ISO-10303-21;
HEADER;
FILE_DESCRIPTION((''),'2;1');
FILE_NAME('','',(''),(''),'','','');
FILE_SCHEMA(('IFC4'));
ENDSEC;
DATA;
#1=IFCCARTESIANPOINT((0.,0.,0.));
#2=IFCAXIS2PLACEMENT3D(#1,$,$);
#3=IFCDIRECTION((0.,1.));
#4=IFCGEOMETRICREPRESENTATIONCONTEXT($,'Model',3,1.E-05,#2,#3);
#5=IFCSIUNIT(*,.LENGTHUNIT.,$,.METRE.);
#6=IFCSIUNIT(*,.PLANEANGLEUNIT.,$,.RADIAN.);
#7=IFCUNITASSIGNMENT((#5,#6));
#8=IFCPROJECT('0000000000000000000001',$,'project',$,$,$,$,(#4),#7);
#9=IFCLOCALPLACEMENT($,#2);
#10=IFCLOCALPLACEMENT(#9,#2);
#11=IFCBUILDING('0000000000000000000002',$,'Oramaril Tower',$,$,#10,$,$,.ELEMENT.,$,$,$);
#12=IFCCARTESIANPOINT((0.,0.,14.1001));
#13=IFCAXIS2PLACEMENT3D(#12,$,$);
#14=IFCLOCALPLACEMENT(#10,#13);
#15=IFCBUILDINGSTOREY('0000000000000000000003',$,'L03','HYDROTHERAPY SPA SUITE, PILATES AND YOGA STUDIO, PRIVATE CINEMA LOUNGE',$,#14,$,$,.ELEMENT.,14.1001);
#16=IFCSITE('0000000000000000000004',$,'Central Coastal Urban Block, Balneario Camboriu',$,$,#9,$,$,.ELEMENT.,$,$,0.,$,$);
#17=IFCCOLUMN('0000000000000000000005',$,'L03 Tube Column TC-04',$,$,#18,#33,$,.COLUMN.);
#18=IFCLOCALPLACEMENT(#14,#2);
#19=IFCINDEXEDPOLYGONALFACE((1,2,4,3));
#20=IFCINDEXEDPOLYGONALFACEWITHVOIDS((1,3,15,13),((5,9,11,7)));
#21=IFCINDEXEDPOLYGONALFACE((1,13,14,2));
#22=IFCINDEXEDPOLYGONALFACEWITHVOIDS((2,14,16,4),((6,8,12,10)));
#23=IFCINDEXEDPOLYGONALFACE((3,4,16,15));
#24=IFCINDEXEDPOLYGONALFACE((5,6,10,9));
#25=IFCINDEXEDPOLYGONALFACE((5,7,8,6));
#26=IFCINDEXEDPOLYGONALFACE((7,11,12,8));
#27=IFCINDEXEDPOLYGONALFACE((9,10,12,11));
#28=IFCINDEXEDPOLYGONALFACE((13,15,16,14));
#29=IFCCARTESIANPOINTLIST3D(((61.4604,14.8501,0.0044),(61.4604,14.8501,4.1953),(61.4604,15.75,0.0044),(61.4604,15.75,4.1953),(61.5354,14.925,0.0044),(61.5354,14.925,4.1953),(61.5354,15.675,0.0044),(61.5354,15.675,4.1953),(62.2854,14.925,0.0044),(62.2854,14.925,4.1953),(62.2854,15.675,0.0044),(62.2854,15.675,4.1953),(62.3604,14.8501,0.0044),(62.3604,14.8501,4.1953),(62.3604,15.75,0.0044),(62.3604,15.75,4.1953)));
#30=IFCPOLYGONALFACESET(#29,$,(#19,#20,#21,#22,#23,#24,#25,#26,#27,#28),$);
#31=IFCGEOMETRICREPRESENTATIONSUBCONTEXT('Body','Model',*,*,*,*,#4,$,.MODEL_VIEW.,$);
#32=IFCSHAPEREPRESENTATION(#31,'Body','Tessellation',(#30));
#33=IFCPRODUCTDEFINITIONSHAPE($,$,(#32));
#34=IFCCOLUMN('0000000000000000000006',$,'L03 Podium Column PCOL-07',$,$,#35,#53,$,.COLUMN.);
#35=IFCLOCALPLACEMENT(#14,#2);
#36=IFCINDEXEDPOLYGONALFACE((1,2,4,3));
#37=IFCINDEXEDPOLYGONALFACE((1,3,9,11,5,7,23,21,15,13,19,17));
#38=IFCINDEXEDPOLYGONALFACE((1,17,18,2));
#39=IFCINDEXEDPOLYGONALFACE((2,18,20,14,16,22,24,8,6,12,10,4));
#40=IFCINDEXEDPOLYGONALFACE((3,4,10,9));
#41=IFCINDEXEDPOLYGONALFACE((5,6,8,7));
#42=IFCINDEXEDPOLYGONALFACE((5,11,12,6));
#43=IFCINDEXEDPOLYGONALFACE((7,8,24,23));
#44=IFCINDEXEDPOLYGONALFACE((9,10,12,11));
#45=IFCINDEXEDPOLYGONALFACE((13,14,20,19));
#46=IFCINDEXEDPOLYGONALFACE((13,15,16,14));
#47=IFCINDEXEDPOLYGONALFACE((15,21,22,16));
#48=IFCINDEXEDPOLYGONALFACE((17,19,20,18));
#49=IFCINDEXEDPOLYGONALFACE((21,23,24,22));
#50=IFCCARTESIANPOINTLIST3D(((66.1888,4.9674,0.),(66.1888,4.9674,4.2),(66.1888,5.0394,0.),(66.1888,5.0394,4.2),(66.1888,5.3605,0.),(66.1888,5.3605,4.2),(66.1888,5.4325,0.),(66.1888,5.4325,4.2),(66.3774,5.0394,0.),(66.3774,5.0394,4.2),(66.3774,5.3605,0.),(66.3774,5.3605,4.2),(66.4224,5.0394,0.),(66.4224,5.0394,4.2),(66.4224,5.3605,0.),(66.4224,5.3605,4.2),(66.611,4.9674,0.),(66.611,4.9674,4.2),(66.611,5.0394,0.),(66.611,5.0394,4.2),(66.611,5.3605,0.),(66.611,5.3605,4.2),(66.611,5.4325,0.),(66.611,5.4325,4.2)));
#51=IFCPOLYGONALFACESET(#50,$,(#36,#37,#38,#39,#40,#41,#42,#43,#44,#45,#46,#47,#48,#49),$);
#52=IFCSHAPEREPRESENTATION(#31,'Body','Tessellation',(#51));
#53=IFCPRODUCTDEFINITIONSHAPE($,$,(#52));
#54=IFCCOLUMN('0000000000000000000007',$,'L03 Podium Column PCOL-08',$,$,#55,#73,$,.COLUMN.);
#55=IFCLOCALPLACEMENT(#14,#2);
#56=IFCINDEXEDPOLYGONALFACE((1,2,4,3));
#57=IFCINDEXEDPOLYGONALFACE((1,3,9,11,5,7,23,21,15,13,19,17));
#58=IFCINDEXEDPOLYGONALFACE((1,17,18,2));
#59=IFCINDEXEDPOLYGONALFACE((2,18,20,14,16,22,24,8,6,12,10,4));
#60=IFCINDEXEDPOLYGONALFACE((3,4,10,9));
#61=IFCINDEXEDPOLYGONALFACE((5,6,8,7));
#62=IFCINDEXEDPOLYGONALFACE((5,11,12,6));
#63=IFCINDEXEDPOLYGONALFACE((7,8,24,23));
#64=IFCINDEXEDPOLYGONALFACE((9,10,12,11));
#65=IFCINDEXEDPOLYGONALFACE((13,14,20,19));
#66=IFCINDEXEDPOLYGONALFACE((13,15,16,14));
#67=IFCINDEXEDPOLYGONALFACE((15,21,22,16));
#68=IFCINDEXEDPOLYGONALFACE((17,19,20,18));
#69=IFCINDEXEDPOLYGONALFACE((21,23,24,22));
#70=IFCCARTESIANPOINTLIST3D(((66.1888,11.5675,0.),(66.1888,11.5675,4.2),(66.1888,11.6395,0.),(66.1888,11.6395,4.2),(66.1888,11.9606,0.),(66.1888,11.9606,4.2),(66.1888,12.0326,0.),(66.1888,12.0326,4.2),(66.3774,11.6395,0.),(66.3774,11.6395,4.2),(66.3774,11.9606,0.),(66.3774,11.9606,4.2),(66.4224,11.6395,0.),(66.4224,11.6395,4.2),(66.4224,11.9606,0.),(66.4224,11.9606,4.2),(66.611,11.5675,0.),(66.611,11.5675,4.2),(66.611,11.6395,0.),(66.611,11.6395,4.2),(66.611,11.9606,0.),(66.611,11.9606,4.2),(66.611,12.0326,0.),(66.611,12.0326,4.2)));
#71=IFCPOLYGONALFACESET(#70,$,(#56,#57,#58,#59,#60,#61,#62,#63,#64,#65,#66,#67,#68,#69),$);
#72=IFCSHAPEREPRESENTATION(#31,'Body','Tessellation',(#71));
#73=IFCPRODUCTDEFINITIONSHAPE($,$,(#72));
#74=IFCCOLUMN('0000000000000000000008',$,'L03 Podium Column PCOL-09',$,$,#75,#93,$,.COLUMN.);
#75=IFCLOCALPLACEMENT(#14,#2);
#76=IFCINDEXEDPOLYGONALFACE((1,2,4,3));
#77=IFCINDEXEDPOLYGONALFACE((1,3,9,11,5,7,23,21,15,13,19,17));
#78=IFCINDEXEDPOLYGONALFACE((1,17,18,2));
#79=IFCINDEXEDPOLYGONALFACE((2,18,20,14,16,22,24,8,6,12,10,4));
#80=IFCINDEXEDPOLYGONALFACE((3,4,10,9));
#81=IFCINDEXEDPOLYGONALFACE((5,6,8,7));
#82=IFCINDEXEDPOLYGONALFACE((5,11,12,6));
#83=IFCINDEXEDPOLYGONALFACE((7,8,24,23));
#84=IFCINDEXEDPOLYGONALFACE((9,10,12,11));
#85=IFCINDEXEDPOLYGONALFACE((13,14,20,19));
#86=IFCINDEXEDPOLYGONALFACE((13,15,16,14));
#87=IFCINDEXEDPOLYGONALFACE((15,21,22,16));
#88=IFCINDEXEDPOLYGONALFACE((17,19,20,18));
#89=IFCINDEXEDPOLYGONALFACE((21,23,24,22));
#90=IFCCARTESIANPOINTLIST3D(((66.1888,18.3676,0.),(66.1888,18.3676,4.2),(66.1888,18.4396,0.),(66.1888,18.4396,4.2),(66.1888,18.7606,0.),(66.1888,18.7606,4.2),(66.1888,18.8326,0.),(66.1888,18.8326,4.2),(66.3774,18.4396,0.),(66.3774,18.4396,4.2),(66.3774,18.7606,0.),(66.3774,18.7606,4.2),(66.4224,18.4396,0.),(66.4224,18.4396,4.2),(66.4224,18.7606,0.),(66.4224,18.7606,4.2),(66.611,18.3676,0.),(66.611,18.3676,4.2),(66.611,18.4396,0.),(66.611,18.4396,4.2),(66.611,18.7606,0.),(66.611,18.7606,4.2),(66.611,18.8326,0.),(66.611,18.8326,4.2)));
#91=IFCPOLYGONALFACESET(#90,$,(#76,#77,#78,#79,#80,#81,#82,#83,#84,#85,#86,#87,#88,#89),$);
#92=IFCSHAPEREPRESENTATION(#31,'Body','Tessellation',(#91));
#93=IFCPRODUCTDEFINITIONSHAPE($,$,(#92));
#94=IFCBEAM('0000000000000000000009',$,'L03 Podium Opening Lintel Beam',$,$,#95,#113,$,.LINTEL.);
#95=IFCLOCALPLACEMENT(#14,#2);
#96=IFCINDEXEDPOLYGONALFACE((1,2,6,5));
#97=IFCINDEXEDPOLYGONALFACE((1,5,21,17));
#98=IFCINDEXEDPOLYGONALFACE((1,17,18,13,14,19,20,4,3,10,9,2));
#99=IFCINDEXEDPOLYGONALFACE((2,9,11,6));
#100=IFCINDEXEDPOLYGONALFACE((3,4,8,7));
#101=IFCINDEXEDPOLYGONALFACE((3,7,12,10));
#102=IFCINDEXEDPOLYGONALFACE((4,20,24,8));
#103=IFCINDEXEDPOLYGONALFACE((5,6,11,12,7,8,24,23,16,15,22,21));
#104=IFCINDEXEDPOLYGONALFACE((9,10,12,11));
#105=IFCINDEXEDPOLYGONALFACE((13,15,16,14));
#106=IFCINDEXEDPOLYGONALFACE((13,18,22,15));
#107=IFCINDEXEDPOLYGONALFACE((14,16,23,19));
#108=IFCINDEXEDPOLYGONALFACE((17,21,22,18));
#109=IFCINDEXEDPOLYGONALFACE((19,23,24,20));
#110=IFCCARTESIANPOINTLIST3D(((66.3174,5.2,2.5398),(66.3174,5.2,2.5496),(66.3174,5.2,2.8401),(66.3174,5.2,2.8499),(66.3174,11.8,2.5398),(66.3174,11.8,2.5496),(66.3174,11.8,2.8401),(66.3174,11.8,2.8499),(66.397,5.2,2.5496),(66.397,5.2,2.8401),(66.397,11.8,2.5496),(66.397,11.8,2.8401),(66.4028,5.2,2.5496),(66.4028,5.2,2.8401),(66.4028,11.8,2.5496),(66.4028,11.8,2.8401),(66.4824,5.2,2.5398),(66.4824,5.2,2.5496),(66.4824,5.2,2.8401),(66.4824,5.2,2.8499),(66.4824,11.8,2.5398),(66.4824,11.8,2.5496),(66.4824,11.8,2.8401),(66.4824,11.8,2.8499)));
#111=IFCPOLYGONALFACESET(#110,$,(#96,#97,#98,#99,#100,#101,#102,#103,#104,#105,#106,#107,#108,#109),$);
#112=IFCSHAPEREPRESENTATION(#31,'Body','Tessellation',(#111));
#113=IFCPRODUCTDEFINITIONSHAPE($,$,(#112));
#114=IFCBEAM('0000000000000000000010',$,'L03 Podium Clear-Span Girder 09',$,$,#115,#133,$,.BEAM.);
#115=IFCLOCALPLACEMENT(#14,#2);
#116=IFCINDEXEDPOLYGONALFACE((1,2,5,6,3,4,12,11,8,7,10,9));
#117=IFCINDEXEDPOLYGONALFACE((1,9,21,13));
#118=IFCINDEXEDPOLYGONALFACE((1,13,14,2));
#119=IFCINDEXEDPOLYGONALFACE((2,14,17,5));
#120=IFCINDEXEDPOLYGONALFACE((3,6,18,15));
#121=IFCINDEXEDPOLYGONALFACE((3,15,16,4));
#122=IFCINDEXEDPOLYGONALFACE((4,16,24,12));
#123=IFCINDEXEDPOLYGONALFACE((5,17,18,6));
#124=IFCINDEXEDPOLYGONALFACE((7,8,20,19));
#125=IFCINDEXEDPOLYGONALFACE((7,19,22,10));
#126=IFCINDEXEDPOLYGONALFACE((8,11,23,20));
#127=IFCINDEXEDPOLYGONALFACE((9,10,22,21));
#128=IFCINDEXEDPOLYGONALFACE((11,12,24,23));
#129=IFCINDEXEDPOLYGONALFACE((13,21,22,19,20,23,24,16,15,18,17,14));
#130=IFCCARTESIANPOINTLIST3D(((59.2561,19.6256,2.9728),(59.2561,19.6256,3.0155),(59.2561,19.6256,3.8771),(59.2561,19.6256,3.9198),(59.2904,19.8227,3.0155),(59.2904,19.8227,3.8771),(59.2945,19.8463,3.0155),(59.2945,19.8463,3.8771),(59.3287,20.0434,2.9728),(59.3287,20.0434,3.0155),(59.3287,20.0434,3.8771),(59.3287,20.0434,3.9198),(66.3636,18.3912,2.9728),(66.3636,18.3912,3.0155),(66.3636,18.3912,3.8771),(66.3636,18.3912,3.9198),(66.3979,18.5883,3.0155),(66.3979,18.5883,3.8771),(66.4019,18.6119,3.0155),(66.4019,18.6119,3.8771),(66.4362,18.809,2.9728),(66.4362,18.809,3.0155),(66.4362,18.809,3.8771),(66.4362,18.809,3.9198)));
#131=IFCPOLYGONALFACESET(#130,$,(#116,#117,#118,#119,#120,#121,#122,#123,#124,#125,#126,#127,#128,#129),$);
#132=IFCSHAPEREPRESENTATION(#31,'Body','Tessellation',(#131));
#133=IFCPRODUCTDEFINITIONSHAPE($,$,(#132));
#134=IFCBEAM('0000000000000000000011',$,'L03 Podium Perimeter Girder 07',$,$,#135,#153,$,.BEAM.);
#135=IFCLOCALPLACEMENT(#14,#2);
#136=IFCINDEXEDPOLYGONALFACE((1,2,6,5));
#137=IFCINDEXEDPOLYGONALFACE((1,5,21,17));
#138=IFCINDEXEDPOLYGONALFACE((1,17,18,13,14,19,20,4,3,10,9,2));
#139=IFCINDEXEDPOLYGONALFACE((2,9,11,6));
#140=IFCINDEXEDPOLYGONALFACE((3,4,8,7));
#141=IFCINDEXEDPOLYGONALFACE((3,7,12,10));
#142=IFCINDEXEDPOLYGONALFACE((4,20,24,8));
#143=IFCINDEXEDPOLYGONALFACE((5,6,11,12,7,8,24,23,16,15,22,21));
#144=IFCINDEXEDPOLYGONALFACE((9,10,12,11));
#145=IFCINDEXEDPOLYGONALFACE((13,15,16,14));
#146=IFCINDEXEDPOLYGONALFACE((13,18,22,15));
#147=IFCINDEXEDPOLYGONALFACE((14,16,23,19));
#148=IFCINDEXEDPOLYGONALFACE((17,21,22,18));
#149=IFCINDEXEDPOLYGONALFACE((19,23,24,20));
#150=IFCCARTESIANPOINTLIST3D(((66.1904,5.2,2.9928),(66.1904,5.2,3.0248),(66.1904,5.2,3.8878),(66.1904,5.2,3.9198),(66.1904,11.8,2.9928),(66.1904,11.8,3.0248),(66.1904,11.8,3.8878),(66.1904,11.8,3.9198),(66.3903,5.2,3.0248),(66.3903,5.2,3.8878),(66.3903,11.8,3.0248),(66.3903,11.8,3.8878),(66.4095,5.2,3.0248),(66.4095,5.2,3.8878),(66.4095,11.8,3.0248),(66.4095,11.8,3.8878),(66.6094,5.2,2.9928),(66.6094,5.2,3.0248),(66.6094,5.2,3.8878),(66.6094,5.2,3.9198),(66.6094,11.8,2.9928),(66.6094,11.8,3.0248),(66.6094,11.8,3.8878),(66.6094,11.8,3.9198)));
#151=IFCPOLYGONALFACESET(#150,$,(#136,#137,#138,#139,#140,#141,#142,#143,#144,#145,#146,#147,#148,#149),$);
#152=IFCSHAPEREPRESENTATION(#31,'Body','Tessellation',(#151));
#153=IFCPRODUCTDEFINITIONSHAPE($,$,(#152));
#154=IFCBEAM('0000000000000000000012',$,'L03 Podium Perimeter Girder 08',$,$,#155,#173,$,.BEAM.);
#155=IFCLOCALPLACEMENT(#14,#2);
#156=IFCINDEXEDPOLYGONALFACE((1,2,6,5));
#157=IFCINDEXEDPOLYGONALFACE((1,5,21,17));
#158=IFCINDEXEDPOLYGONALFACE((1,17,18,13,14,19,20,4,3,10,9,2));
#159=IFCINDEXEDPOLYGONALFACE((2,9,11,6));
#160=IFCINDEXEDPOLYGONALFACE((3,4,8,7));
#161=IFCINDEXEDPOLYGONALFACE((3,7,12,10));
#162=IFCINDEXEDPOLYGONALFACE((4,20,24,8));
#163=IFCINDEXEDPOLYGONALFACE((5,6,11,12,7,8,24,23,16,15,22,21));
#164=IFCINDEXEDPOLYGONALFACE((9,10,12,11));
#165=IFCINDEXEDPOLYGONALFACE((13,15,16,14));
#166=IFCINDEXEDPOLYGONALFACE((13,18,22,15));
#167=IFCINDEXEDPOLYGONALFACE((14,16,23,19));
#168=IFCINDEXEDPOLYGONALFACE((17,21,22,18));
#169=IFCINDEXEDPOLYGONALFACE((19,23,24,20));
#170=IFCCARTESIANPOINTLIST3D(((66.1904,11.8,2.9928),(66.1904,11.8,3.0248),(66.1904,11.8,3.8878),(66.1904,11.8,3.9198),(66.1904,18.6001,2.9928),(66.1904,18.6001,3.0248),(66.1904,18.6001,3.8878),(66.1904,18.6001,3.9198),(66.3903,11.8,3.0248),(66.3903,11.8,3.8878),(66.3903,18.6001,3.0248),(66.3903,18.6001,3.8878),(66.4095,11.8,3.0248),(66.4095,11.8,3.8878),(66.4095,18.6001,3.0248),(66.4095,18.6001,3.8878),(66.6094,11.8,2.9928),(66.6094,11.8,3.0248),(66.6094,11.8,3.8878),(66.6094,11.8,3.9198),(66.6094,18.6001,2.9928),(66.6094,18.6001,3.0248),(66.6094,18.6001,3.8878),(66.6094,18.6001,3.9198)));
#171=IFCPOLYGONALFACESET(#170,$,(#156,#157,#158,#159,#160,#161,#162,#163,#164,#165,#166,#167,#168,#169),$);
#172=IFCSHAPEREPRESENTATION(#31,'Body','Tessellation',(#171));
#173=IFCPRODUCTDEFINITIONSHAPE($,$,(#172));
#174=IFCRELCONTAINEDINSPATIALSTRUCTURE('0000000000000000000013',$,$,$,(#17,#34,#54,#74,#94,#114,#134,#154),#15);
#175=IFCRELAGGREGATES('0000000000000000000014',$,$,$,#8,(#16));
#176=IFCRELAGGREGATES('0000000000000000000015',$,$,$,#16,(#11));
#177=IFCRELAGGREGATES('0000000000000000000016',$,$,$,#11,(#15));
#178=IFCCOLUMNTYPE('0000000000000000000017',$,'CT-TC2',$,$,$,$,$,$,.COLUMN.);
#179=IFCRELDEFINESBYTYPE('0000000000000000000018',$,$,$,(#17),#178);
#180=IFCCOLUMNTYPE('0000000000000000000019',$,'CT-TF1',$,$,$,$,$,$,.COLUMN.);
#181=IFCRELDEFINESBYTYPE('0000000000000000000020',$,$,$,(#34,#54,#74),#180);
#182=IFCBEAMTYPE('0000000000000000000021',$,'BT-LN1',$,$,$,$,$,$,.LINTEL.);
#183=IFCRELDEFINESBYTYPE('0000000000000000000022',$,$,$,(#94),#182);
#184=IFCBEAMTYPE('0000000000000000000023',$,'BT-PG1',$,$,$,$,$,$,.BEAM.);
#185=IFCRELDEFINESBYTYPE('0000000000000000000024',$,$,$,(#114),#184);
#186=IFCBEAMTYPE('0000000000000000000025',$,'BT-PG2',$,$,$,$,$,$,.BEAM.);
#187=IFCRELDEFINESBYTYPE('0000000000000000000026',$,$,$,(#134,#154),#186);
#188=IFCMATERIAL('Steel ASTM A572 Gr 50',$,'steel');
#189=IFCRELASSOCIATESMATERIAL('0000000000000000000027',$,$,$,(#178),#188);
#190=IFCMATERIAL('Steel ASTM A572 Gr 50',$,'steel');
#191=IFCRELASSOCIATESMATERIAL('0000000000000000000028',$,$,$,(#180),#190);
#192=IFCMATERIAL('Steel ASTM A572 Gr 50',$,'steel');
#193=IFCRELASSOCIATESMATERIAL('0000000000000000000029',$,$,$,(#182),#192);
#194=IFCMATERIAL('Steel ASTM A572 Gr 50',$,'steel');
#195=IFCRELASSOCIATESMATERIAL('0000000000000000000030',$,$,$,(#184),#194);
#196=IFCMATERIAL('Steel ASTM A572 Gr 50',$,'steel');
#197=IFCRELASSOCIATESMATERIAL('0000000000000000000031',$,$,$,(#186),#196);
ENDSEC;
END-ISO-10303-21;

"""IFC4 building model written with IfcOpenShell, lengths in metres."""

from ifc_helpers import new_model, si_unit, direction, frame, origin, origin_2d, place, context, subcontext, project, spatial, hollow_rectangle, i_section, extrude, material, material_profile, profile_set, type_object, element, save


model = new_model("IFC4")

# Units and contexts
model_context = context("Model", 3, precision=1e-05, world=origin(), true_north=direction((0.0, 1.0)))
body_context = subcontext(model_context, "Body", "Model", "MODEL_VIEW")
ifc_project = project(units=[si_unit("LENGTHUNIT", "METRE"), si_unit("PLANEANGLEUNIT", "RADIAN")], contexts=[model_context])

# Site, building, storey
site_placement = place(None, origin())
site = spatial("IfcSite", under=ifc_project, at=site_placement, Name="Central Coastal Urban Block, Balneario Camboriu", CompositionType="ELEMENT", RefElevation=0.0)
building_placement = place(site_placement, origin())
building = spatial("IfcBuilding", under=site, at=building_placement, Name="Oramaril Tower", CompositionType="ELEMENT")
storey_placement = place(building_placement, frame((0.0, 0.0, 14.1001)))
storey = spatial("IfcBuildingStorey", under=building, at=storey_placement, Name="L03", Description="HYDROTHERAPY SPA SUITE, PILATES AND YOGA STUDIO, PRIVATE CINEMA LOUNGE", CompositionType="ELEMENT", Elevation=14.1001)

# Columns
ifc_material_1 = material(Name="Steel ASTM A572 Gr 50", Category="steel")
ifc_material_profile_1 = material_profile(ifc_material_1, hollow_rectangle(XDim=0.8999, YDim=0.8999, WallThickness=0.075, at=origin_2d()), Name="BOX900X900X75")
ifc_profile_set_1 = profile_set([ifc_material_profile_1], Name="Steel ASTM A572 Gr 50")
column_type_1 = type_object("IfcColumnType", Name="CT-TC2", PredefinedType="COLUMN", material=ifc_profile_set_1)
column_placement = place(storey_placement, frame((61.9104, 15.3, 0.0044), z_axis=(0.0, 0.0, 1.0), x_axis=(1.0, 0.0, 0.0)))
element("IfcColumn", 1, at=column_placement, inside=storey, type_object=column_type_1, Name="L03 Tube Column TC-04", PredefinedType="COLUMN", context=body_context, shape_type="SweptSolid", body=[
    extrude(hollow_rectangle(XDim=0.8999, YDim=0.8999, WallThickness=0.075, at=origin_2d()), origin(), (0.0, 0.0, 1.0), 4.1909),
])
ifc_material_2 = material(Name="Steel ASTM A572 Gr 50", Category="steel")
ifc_material_profile_2 = material_profile(ifc_material_2, i_section(OverallWidth=0.4221, OverallDepth=0.4651, WebThickness=0.0449, FlangeThickness=0.072, at=origin_2d()), Name="W14X398")
ifc_profile_set_2 = profile_set([ifc_material_profile_2], Name="Steel ASTM A572 Gr 50")
column_type_2 = type_object("IfcColumnType", Name="CT-TF1", PredefinedType="COLUMN", material=ifc_profile_set_2)
for number, where, z_axis, x_axis, name in (
    (2, (66.3999, 5.2, 0.0), (0.0, 0.0, 1.0), (1.0, 0.0, 0.0), "L03 Podium Column PCOL-07"),
    (3, (66.3999, 11.8, 0.0), (0.0, 0.0, 1.0), (1.0, 0.0, 0.0), "L03 Podium Column PCOL-08"),
    (4, (66.3999, 18.6001, 0.0), (0.0, 0.0, 1.0), (1.0, 0.0, 0.0), "L03 Podium Column PCOL-09"),
):
    element("IfcColumn", number, at=place(storey_placement, frame(where, z_axis=z_axis, x_axis=x_axis)), inside=storey, type_object=column_type_2, Name=name, PredefinedType="COLUMN", context=body_context, shape_type="SweptSolid", body=[
        extrude(i_section(OverallWidth=0.4221, OverallDepth=0.4651, WebThickness=0.0449, FlangeThickness=0.072, at=origin_2d()), origin(), (0.0, 0.0, 1.0), 4.2),
    ])

# Beams
ifc_material_3 = material(Name="Steel ASTM A572 Gr 50", Category="steel")
ifc_material_profile_3 = material_profile(ifc_material_3, i_section(OverallWidth=0.165, OverallDepth=0.3101, WebThickness=0.0059, FlangeThickness=0.0098, at=origin_2d()), Name="W12X26")
ifc_profile_set_3 = profile_set([ifc_material_profile_3], Name="Steel ASTM A572 Gr 50")
beam_type_1 = type_object("IfcBeamType", Name="BT-LN1", PredefinedType="LINTEL", material=ifc_profile_set_3)
beam_1_placement = place(storey_placement, frame((66.3999, 5.2, 2.6948), z_axis=(0.0, 1.0, 0.0), x_axis=(-1.0, 0.0, 0.0)))
element("IfcBeam", 5, at=beam_1_placement, inside=storey, type_object=beam_type_1, Name="L03 Podium Opening Lintel Beam", PredefinedType="LINTEL", context=body_context, shape_type="SweptSolid", body=[
    extrude(i_section(OverallWidth=0.165, OverallDepth=0.3101, WebThickness=0.0059, FlangeThickness=0.0098, at=origin_2d()), origin(), (0.0, 0.0, 1.0), 6.6001),
])
ifc_material_4 = material(Name="Steel ASTM A572 Gr 50", Category="steel")
ifc_material_profile_4 = material_profile(ifc_material_4, i_section(OverallWidth=0.4241, OverallDepth=0.947, WebThickness=0.0239, FlangeThickness=0.0427, at=origin_2d()), Name="W36X302")
ifc_profile_set_4 = profile_set([ifc_material_profile_4], Name="Steel ASTM A572 Gr 50")
beam_type_2 = type_object("IfcBeamType", Name="BT-PG1", PredefinedType="BEAM", material=ifc_profile_set_4)
beam_2_placement = place(storey_placement, frame((66.3999, 18.6001, 3.4463), z_axis=(-0.985251, 0.171113, 0.0), x_axis=(-0.171113, -0.985251, 0.0)))
element("IfcBeam", 6, at=beam_2_placement, inside=storey, type_object=beam_type_2, Name="L03 Podium Clear-Span Girder 09", PredefinedType="BEAM", context=body_context, shape_type="SweptSolid", body=[
    extrude(i_section(OverallWidth=0.4241, OverallDepth=0.947, WebThickness=0.0239, FlangeThickness=0.0427, at=origin_2d()), origin(), (0.0, 0.0, 1.0), 7.2139),
])
ifc_material_5 = material(Name="Steel ASTM A572 Gr 50", Category="steel")
ifc_material_profile_5 = material_profile(ifc_material_5, i_section(OverallWidth=0.4189, OverallDepth=0.927, WebThickness=0.0193, FlangeThickness=0.032, at=origin_2d()), Name="W36X231")
ifc_profile_set_5 = profile_set([ifc_material_profile_5], Name="Steel ASTM A572 Gr 50")
beam_type_3 = type_object("IfcBeamType", Name="BT-PG2", PredefinedType="BEAM", material=ifc_profile_set_5)
beam_3_placement = place(storey_placement, frame((66.3999, 5.2, 3.4563), z_axis=(0.0, 1.0, 0.0), x_axis=(-1.0, 0.0, 0.0)))
element("IfcBeam", 7, at=beam_3_placement, inside=storey, type_object=beam_type_3, Name="L03 Podium Perimeter Girder 07", PredefinedType="BEAM", context=body_context, shape_type="SweptSolid", body=[
    extrude(i_section(OverallWidth=0.4189, OverallDepth=0.927, WebThickness=0.0193, FlangeThickness=0.032, at=origin_2d()), origin(), (0.0, 0.0, 1.0), 6.6001),
])
beam_4_placement = place(storey_placement, frame((66.3999, 11.8, 3.4563), z_axis=(0.0, 1.0, 0.0), x_axis=(-1.0, 0.0, 0.0)))
element("IfcBeam", 8, at=beam_4_placement, inside=storey, type_object=beam_type_3, Name="L03 Podium Perimeter Girder 08", PredefinedType="BEAM", context=body_context, shape_type="SweptSolid", body=[
    extrude(i_section(OverallWidth=0.4189, OverallDepth=0.927, WebThickness=0.0193, FlangeThickness=0.032, at=origin_2d()), origin(), (0.0, 0.0, 1.0), 6.8),
])

save(model, "model.ifc")
